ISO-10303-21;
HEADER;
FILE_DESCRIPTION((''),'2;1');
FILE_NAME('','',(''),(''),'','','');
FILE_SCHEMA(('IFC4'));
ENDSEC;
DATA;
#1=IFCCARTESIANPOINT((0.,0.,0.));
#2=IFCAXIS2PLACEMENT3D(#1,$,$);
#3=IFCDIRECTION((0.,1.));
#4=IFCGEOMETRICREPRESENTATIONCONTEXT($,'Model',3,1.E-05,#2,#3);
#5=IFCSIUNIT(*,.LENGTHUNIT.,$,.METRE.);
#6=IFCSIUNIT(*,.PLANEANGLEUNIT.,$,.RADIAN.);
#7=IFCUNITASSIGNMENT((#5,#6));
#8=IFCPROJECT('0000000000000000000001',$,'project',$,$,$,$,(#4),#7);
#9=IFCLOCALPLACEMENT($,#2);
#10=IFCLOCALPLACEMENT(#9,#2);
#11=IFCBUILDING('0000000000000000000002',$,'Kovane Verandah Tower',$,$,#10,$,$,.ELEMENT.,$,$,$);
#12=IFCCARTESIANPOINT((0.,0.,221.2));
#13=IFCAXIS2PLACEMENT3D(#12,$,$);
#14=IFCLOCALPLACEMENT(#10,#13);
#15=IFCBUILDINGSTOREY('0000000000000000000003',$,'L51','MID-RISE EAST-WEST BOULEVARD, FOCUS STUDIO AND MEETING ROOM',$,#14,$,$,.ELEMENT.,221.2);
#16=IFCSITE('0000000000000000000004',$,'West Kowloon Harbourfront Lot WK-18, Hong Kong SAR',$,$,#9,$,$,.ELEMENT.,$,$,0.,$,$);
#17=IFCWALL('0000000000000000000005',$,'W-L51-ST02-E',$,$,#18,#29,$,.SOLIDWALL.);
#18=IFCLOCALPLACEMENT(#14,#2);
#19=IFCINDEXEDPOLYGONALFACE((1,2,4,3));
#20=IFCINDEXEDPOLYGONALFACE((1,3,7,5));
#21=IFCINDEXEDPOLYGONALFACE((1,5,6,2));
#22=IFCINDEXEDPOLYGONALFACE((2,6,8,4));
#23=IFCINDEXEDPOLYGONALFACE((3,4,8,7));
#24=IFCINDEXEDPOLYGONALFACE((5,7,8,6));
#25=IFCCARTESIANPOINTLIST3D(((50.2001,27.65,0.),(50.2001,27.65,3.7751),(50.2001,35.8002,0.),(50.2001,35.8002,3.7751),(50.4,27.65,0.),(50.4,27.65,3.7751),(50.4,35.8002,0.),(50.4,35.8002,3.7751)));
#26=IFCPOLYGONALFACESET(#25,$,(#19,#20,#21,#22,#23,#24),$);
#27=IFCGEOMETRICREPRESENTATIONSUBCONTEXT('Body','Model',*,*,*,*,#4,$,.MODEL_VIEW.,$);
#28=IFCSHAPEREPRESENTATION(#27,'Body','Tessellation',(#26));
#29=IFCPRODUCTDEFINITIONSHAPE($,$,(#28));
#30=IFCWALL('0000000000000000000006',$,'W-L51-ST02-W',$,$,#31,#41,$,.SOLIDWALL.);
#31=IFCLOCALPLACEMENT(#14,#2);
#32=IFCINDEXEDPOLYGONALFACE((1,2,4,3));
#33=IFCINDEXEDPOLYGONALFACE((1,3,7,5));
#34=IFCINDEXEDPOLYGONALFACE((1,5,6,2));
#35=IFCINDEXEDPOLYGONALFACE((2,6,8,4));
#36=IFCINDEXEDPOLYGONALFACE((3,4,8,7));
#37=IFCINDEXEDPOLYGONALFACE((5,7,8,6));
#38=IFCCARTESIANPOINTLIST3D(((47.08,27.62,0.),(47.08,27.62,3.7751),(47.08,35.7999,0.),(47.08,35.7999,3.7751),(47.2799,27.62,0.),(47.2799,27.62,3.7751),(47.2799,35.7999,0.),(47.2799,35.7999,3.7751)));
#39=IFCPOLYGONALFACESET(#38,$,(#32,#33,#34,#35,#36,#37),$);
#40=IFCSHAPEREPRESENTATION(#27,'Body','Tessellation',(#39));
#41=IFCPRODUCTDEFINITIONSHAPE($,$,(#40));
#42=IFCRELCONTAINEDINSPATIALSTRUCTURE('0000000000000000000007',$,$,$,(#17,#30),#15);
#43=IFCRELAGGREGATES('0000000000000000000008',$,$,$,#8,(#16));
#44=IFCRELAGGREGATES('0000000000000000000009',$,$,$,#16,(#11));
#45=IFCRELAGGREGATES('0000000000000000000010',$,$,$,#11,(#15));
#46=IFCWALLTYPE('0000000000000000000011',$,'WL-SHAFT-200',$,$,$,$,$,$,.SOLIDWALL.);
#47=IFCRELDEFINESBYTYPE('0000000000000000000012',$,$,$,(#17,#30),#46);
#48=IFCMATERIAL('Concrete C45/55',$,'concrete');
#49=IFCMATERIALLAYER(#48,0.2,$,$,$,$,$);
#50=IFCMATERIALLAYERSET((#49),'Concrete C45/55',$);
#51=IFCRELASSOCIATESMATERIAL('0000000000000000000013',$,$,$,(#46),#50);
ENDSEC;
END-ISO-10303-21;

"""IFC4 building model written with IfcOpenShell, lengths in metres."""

from ifc_helpers import new_model, si_unit, direction, frame, frame_2d, origin, place, context, subcontext, project, spatial, rectangle, extrude, material, layer, layer_set, type_object, element, save


model = new_model("IFC4")

# Units and contexts
model_context = context("Model", 3, precision=1e-05, world=origin(), true_north=direction((0.0, 1.0)))
body_context = subcontext(model_context, "Body", "Model", "MODEL_VIEW")
ifc_project = project(units=[si_unit("LENGTHUNIT", "METRE"), si_unit("PLANEANGLEUNIT", "RADIAN")], contexts=[model_context])

# Site, building, storey
site_placement = place(None, origin())
site = spatial("IfcSite", under=ifc_project, at=site_placement, Name="West Kowloon Harbourfront Lot WK-18, Hong Kong SAR", CompositionType="ELEMENT", RefElevation=0.0)
building_placement = place(site_placement, origin())
building = spatial("IfcBuilding", under=site, at=building_placement, Name="Kovane Verandah Tower", CompositionType="ELEMENT")
storey_placement = place(building_placement, frame((0.0, 0.0, 221.2)))
storey = spatial("IfcBuildingStorey", under=building, at=storey_placement, Name="L51", Description="MID-RISE EAST-WEST BOULEVARD, FOCUS STUDIO AND MEETING ROOM", CompositionType="ELEMENT", Elevation=221.2)

# Walls
ifc_material_1 = material(Name="Concrete C45/55", Category="concrete")
ifc_layer_1 = layer(ifc_material_1, 0.2)
ifc_layer_set_1 = layer_set([ifc_layer_1], Name="Concrete C45/55")
wall_type_1 = type_object("IfcWallType", Name="WL-SHAFT-200", PredefinedType="SOLIDWALL", material=ifc_layer_set_1)
wall_1_placement = place(storey_placement, frame((50.3, 27.6499, 0.0), z_axis=(0.0, 0.0, 1.0), x_axis=(0.0, 1.0, 0.0)))
element("IfcWall", 1, at=wall_1_placement, inside=storey, type_object=wall_type_1, Name="W-L51-ST02-E", PredefinedType="SOLIDWALL", context=body_context, shape_type="SweptSolid", body=[
    extrude(rectangle(XDim=8.1501, YDim=0.2, at=frame_2d((4.0752, 0.0))), origin(), (0.0, 0.0, 1.0), 3.7751),
])
wall_2_placement = place(storey_placement, frame((47.1799, 27.6201, 0.0), z_axis=(0.0, 0.0, 1.0), x_axis=(0.0, 1.0, 0.0)))
element("IfcWall", 2, at=wall_2_placement, inside=storey, type_object=wall_type_1, Name="W-L51-ST02-W", PredefinedType="SOLIDWALL", context=body_context, shape_type="SweptSolid", body=[
    extrude(rectangle(XDim=8.1799, YDim=0.2, at=frame_2d((4.0898, 0.0))), origin(), (0.0, 0.0, 1.0), 3.7751),
])

save(model, "model.ifc")
